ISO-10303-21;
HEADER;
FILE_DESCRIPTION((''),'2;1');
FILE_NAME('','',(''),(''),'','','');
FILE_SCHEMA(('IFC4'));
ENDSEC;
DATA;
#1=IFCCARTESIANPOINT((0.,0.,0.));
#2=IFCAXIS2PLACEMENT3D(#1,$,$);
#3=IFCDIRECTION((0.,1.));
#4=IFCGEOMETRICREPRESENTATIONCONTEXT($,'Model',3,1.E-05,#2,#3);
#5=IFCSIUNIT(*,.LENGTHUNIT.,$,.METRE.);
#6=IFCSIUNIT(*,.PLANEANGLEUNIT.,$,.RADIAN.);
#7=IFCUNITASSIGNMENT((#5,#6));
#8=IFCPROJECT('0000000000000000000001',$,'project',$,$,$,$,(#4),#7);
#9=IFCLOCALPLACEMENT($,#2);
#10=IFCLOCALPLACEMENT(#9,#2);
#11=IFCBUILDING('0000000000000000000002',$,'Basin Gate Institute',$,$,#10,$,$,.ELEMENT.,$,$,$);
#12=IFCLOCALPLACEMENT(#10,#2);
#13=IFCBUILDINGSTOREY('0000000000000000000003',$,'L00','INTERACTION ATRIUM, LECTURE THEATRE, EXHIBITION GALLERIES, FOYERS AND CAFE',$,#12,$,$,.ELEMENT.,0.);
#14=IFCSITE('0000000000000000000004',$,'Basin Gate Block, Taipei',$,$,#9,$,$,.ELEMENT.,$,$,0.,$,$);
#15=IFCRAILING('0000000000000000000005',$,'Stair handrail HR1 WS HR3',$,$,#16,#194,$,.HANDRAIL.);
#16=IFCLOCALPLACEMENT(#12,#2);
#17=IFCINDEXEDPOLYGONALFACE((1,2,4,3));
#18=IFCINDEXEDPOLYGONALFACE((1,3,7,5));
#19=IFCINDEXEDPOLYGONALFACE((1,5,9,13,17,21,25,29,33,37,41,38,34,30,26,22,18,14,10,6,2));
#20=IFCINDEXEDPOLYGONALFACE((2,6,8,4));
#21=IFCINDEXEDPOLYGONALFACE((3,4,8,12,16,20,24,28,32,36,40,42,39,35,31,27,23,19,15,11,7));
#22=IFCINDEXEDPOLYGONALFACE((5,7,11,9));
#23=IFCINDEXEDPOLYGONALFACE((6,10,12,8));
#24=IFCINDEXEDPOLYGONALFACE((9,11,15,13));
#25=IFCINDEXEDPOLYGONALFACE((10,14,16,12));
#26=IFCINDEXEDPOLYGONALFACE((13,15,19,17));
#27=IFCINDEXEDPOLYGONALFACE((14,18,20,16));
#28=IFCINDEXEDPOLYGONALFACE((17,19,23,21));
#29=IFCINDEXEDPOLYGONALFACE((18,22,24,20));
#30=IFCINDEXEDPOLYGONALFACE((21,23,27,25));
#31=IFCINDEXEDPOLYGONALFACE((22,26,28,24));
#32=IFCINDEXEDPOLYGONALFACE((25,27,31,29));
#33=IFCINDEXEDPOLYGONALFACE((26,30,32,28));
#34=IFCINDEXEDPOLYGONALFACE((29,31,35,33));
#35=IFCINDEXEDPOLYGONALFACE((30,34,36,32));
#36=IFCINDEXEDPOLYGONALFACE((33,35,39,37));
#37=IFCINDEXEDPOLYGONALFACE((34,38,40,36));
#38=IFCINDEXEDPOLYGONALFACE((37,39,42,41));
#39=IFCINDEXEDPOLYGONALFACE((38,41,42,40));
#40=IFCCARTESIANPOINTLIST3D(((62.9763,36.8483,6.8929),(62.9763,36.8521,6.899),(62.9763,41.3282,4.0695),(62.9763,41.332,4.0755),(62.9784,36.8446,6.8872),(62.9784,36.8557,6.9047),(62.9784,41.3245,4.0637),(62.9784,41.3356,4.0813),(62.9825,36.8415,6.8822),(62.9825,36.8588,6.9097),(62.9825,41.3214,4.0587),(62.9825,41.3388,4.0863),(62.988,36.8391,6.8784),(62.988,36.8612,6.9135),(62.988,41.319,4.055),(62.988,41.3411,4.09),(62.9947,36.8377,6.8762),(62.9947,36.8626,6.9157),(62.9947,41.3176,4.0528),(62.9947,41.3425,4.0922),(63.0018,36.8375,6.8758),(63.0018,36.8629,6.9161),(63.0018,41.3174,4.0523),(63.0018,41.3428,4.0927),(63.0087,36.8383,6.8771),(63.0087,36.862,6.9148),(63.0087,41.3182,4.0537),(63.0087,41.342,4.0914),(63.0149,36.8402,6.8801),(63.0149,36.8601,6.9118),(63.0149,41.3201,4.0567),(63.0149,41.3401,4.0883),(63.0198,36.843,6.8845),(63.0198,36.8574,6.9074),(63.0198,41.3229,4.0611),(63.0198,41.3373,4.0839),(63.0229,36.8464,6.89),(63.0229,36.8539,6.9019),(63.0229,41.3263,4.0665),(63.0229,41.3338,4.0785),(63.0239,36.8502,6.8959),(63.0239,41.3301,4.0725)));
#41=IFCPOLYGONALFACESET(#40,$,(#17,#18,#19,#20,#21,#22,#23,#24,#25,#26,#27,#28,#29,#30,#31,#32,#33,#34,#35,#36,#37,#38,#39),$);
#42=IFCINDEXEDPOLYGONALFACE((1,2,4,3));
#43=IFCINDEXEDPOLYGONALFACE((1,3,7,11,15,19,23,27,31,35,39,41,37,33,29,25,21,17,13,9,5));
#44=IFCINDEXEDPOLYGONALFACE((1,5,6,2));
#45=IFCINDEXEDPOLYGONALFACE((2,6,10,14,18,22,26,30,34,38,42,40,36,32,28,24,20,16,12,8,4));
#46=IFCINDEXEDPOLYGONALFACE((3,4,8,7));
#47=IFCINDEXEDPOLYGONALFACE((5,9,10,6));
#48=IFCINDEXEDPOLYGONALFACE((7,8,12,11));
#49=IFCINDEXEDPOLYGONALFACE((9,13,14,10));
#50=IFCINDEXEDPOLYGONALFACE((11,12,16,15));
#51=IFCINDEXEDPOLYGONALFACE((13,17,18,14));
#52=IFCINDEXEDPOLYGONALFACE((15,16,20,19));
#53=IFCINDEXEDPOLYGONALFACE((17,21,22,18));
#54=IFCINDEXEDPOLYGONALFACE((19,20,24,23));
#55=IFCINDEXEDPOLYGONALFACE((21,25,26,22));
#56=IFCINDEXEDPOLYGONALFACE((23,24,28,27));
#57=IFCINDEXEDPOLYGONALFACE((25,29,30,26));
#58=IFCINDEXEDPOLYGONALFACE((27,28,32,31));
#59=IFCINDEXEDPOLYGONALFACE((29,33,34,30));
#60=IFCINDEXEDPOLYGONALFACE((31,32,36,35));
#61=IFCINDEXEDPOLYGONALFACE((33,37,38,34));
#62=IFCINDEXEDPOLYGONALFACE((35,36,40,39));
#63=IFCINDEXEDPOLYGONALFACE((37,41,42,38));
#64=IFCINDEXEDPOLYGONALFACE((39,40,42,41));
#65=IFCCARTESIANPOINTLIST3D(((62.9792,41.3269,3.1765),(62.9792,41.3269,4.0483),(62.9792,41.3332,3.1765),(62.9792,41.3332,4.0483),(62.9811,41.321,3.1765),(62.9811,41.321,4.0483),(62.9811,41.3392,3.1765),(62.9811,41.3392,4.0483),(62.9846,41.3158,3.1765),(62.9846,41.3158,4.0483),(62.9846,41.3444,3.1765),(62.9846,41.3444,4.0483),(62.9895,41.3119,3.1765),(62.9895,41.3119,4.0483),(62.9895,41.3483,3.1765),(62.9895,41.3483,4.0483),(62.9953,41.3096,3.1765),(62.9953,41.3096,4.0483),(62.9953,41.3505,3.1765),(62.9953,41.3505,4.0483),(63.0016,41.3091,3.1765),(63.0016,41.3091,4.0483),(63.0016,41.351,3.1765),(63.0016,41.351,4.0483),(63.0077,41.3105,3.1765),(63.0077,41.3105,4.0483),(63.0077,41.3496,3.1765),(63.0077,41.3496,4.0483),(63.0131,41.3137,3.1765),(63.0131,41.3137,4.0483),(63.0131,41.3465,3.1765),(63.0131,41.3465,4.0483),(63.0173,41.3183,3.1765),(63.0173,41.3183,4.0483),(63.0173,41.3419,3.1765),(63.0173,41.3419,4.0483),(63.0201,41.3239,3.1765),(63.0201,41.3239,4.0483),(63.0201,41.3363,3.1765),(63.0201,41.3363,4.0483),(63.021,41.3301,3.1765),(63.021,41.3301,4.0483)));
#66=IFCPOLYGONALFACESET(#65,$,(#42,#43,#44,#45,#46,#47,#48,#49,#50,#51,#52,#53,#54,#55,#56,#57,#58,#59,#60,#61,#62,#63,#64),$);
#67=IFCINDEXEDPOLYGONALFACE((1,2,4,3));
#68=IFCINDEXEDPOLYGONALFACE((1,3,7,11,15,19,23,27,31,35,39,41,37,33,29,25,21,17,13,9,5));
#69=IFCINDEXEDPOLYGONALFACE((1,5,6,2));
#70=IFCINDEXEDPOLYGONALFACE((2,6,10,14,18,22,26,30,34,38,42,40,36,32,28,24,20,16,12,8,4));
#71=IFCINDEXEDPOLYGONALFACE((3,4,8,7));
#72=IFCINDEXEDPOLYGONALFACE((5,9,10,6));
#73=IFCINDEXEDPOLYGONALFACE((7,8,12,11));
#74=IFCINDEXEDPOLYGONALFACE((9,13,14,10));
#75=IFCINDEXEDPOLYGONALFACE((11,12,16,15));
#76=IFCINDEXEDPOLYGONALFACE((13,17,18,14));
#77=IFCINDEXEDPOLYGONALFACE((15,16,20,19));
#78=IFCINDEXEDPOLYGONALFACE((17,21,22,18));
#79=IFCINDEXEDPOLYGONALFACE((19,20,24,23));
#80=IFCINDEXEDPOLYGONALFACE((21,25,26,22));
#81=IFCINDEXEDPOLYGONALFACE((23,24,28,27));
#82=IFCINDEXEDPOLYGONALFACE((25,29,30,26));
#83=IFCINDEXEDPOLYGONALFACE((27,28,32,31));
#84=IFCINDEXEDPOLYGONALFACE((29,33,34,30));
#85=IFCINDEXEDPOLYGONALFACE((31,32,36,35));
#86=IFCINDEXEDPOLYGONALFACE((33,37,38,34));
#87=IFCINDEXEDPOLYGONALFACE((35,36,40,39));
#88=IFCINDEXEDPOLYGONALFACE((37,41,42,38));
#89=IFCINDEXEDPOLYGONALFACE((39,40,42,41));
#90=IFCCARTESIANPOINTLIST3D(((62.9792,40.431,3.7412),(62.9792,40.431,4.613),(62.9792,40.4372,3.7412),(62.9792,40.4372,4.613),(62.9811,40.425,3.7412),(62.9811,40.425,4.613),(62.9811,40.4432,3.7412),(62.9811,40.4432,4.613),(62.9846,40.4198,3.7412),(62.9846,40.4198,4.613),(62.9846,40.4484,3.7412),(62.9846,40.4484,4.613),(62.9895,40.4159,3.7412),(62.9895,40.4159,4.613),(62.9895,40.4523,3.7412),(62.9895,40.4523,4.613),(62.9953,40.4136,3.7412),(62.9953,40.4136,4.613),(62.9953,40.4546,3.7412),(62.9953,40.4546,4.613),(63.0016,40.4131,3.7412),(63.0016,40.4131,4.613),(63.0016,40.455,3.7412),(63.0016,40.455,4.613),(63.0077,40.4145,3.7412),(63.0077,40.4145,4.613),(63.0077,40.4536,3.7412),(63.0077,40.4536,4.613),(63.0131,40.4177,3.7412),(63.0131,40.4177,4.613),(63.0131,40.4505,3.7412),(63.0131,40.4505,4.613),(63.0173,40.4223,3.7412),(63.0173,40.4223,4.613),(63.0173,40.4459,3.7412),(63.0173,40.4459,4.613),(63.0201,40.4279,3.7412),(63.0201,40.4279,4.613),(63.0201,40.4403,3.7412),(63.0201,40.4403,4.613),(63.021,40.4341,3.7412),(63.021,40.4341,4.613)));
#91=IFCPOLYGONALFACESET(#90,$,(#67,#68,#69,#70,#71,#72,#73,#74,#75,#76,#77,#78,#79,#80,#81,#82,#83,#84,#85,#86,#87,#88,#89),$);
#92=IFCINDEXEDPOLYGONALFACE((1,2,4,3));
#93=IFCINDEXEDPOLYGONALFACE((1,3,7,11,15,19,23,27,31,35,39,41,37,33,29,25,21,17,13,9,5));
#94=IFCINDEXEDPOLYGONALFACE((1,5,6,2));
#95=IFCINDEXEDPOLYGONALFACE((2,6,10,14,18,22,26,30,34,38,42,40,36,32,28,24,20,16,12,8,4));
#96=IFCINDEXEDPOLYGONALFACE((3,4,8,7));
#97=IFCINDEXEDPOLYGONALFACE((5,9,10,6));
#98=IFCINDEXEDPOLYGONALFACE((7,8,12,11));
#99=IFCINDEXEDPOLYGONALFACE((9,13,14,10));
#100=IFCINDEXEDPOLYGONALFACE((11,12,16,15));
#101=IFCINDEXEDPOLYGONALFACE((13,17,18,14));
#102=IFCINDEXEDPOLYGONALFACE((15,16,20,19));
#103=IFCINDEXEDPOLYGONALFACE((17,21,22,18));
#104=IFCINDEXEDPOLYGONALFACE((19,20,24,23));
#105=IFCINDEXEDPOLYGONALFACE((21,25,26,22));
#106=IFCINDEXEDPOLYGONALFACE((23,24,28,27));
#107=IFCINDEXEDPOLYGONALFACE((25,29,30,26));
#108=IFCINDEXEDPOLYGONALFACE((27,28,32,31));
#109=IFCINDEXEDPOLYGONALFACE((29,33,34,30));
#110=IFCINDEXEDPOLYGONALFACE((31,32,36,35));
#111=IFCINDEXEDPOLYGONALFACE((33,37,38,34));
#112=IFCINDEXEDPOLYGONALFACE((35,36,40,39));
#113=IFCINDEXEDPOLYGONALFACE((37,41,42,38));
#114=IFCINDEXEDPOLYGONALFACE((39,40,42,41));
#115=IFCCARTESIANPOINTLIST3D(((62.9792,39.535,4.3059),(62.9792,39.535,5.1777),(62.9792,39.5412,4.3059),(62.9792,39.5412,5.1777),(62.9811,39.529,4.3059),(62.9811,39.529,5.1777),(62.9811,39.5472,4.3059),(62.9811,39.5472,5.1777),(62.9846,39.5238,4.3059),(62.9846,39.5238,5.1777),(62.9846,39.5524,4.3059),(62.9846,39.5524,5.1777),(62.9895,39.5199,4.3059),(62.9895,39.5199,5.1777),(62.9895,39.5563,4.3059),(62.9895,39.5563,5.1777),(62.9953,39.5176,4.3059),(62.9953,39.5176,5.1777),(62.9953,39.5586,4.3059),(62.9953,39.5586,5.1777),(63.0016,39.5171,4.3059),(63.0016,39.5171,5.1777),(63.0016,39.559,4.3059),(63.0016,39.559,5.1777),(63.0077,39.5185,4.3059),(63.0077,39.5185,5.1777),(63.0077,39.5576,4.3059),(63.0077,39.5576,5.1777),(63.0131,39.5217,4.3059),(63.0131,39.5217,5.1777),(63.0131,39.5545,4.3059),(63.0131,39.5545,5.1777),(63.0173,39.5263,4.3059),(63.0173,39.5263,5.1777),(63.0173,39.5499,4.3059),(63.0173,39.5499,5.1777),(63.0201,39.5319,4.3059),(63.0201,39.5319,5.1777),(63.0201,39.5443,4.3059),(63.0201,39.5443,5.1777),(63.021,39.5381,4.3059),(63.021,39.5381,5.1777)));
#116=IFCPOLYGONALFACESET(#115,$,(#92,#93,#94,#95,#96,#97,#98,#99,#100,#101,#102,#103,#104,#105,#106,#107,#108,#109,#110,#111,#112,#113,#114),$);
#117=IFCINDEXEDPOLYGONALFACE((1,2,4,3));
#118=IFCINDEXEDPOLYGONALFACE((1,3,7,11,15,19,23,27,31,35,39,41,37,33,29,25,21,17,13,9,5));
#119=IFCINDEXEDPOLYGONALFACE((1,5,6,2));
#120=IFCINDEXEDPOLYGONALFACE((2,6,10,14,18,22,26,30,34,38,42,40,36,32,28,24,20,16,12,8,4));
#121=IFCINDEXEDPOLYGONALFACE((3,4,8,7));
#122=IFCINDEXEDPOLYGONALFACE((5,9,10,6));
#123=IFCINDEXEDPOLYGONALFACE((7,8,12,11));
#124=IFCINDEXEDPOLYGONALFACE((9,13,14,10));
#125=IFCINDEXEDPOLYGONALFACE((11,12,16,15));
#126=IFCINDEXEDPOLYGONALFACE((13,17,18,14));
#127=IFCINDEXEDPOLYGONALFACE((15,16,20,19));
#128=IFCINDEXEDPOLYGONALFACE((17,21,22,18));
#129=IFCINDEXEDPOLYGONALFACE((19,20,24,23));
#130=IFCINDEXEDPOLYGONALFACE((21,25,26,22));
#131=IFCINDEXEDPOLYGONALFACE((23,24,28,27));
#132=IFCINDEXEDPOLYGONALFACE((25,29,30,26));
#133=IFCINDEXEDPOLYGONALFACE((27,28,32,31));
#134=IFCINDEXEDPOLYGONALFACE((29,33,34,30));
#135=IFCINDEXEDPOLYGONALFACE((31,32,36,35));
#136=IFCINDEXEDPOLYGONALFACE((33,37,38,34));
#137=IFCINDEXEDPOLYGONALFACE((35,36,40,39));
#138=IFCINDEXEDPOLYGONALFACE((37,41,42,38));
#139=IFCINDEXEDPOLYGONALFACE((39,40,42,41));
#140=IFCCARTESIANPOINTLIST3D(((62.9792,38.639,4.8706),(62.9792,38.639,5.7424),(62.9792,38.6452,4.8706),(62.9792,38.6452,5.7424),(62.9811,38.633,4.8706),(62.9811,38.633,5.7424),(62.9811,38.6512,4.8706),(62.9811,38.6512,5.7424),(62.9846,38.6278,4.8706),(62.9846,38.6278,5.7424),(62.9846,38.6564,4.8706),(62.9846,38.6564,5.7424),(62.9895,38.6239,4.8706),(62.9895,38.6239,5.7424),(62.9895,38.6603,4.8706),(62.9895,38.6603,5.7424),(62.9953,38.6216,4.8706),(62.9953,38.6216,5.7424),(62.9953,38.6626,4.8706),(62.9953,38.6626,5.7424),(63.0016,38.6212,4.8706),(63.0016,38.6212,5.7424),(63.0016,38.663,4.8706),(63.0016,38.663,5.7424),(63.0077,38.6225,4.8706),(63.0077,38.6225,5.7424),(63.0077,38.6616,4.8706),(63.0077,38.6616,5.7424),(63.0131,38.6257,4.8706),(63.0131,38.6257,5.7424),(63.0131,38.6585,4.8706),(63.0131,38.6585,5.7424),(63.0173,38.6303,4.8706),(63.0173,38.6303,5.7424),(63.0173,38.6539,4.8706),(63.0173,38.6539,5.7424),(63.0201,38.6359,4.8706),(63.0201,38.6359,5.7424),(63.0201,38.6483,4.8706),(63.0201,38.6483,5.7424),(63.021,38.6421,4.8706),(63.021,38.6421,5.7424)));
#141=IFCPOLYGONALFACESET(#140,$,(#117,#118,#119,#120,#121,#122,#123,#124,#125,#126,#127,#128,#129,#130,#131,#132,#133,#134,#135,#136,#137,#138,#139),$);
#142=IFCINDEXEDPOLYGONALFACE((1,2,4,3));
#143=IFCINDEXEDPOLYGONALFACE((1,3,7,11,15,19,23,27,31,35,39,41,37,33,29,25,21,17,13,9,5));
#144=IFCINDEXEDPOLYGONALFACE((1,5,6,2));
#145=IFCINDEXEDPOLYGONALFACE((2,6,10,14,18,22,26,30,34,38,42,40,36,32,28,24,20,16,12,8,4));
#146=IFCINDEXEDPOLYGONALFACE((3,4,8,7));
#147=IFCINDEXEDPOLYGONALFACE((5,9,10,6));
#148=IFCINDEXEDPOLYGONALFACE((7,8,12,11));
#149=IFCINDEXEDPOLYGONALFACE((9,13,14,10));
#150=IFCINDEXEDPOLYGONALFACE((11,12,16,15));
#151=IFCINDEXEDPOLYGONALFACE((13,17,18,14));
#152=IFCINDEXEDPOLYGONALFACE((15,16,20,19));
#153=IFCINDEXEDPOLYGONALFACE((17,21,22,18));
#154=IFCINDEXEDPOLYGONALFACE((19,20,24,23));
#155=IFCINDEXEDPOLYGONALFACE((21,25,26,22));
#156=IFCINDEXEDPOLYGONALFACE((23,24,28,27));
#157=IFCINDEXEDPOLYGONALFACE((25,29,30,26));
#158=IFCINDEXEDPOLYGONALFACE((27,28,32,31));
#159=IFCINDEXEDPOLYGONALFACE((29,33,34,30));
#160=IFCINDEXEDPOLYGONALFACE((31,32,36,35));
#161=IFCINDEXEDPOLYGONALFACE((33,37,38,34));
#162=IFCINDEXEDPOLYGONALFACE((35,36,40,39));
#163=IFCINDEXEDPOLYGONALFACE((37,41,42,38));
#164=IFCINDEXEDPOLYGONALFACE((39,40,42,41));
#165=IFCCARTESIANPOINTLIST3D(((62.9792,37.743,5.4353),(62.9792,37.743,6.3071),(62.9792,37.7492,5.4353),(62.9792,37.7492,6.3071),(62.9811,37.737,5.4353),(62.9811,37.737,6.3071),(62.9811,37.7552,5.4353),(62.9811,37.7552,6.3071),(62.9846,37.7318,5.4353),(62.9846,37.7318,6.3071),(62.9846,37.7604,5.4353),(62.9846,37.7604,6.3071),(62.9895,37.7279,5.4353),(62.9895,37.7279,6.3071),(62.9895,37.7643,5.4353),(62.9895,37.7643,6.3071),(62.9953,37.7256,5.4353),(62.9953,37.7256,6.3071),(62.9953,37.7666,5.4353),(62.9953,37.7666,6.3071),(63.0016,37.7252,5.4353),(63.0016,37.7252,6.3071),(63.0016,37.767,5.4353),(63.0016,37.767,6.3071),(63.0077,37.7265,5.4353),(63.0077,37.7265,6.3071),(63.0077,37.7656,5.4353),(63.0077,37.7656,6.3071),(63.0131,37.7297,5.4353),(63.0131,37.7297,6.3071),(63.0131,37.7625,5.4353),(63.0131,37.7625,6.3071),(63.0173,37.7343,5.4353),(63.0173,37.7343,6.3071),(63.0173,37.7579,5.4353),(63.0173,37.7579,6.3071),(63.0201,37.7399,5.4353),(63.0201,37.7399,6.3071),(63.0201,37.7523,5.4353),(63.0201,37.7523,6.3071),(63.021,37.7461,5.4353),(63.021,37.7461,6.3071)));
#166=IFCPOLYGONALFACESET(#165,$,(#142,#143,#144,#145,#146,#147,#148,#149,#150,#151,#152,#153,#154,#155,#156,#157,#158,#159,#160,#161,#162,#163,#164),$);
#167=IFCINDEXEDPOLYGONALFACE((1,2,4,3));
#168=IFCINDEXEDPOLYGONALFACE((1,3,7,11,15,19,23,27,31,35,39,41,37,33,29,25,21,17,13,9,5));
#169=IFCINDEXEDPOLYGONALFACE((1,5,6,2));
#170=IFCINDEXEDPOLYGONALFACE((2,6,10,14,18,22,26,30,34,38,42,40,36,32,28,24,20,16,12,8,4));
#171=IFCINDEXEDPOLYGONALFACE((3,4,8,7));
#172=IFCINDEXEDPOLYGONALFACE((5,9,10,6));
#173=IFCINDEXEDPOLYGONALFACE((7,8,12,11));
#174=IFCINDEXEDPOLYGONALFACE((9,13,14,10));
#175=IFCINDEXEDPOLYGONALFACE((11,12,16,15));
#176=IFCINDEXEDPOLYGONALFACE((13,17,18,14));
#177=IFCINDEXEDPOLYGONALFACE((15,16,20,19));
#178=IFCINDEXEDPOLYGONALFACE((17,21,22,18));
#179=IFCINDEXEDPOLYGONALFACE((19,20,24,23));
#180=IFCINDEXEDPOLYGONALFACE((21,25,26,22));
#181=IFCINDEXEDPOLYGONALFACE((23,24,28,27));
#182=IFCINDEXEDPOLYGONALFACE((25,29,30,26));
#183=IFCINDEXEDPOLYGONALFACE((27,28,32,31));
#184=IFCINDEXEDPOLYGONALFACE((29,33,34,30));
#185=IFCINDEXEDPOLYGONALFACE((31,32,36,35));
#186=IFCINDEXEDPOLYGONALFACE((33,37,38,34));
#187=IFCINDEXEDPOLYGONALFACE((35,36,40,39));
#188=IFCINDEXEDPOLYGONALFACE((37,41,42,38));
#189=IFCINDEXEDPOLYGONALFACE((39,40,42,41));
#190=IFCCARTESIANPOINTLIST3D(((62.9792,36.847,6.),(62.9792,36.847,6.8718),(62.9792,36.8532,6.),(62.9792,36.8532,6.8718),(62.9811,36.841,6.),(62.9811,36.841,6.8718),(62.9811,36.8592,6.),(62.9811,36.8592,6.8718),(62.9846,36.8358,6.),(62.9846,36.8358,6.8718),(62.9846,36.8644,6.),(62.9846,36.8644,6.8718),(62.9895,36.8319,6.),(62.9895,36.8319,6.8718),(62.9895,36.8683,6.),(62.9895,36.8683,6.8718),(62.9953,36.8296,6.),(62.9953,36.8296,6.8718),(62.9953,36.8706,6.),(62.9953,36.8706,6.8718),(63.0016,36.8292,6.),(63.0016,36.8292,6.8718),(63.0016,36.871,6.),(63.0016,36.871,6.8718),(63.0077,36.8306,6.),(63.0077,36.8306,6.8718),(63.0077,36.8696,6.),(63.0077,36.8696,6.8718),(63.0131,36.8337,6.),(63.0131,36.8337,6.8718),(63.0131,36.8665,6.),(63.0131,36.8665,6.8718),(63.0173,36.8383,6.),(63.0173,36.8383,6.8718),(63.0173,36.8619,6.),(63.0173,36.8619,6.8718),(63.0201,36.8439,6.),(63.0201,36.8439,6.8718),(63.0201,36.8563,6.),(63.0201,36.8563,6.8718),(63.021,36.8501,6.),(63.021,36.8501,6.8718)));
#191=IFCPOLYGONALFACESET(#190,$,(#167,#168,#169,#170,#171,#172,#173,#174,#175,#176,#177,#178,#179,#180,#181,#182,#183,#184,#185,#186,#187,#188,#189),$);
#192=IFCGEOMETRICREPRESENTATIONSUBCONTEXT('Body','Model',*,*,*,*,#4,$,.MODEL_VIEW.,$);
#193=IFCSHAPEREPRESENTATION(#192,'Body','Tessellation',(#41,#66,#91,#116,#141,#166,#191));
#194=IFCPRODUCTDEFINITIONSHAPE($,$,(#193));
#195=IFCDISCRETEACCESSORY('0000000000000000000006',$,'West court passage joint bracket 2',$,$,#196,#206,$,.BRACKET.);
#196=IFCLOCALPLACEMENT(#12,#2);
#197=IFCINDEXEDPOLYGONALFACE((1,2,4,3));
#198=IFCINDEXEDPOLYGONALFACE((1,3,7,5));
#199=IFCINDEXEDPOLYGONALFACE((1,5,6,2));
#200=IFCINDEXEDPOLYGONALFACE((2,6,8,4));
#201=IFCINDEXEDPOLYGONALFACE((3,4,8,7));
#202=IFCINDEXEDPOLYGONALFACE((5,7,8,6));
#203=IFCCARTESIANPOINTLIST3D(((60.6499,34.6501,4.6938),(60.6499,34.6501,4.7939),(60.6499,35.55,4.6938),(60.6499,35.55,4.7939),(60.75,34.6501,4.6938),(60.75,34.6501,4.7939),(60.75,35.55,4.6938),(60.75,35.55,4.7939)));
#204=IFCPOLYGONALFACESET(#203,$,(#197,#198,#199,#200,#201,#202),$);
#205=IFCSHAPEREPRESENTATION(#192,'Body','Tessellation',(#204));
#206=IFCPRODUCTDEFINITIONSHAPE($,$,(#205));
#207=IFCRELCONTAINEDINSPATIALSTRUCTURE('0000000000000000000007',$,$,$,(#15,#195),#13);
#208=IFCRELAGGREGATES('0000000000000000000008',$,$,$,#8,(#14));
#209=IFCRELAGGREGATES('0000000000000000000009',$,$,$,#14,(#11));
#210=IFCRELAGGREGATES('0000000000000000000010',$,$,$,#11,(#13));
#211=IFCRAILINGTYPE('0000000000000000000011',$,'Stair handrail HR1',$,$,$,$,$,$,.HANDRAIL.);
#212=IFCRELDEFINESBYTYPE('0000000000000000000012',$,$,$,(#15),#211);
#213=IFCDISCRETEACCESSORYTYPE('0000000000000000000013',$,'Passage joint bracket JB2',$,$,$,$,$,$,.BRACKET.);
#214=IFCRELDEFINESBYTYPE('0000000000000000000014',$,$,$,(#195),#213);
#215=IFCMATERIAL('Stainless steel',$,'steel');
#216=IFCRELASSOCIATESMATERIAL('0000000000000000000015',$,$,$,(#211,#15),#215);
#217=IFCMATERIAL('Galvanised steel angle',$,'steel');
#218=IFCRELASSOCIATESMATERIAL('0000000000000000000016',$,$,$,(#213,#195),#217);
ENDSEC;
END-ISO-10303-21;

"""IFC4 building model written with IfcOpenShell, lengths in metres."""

from ifc_helpers import new_model, si_unit, direction, frame, origin, origin_2d, place, context, subcontext, project, spatial, rectangle, circle, extrude, material, type_object, element, save


model = new_model("IFC4")

# Units and contexts
model_context = context("Model", 3, precision=1e-05, world=origin(), true_north=direction((0.0, 1.0)))
body_context = subcontext(model_context, "Body", "Model", "MODEL_VIEW")
ifc_project = project(units=[si_unit("LENGTHUNIT", "METRE"), si_unit("PLANEANGLEUNIT", "RADIAN")], contexts=[model_context])

# Site, building, storey
site_placement = place(None, origin())
site = spatial("IfcSite", under=ifc_project, at=site_placement, Name="Basin Gate Block, Taipei", CompositionType="ELEMENT", RefElevation=0.0)
building_placement = place(site_placement, origin())
building = spatial("IfcBuilding", under=site, at=building_placement, Name="Basin Gate Institute", CompositionType="ELEMENT")
storey_placement = place(building_placement, origin())
storey = spatial("IfcBuildingStorey", under=building, at=storey_placement, Name="L00", Description="INTERACTION ATRIUM, LECTURE THEATRE, EXHIBITION GALLERIES, FOYERS AND CAFE", CompositionType="ELEMENT", Elevation=0.0)

# Railing
ifc_material_1 = material(Name="Stainless steel", Category="steel")
railing_type_1 = type_object("IfcRailingType", Name="Stair handrail HR1", PredefinedType="HANDRAIL", material=ifc_material_1)
railing_1_placement = place(storey_placement, frame((63.0, 41.3301, 3.1765)))
element("IfcRailing", 1, at=railing_1_placement, inside=storey, type_object=railing_type_1, material=ifc_material_1, Name="Stair handrail HR1 WS HR3", PredefinedType="HANDRAIL", context=body_context, shape_type="SweptSolid", body=[
    extrude(circle(Radius=0.0239, at=origin_2d()), frame((0.0, 0.0, 0.896), z_axis=(0.0, -0.845998, 0.533186), x_axis=(1.0, 0.0, 0.0)), (0.0, 0.0, 1.0), 5.2954),
    extrude(circle(Radius=0.021, at=origin_2d()), origin(), (0.0, 0.0, 1.0), 0.8718),
    extrude(circle(Radius=0.021, at=origin_2d()), frame((0.0, -0.896, 0.5647)), (0.0, 0.0, 1.0), 0.8718),
    extrude(circle(Radius=0.021, at=origin_2d()), frame((0.0, -1.792, 1.1294)), (0.0, 0.0, 1.0), 0.8718),
    extrude(circle(Radius=0.021, at=origin_2d()), frame((0.0, -2.688, 1.6941)), (0.0, 0.0, 1.0), 0.8718),
    extrude(circle(Radius=0.021, at=origin_2d()), frame((0.0, -3.584, 2.2588)), (0.0, 0.0, 1.0), 0.8718),
    extrude(circle(Radius=0.021, at=origin_2d()), frame((0.0, -4.48, 2.8235)), (0.0, 0.0, 1.0), 0.8718),
])

# Discrete accessory
ifc_material_2 = material(Name="Galvanised steel angle", Category="steel")
discrete_accessory_type = type_object("IfcDiscreteAccessoryType", Name="Passage joint bracket JB2", PredefinedType="BRACKET", material=ifc_material_2)
discrete_accessory_placement = place(storey_placement, frame((60.7, 35.1001, 4.6938), z_axis=(0.0, 0.0, 1.0), x_axis=(1.0, 0.0, 0.0)))
element("IfcDiscreteAccessory", 2, at=discrete_accessory_placement, inside=storey, type_object=discrete_accessory_type, material=ifc_material_2, Name="West court passage joint bracket 2", PredefinedType="BRACKET", context=body_context, shape_type="SweptSolid", body=[
    extrude(rectangle(XDim=0.1001, YDim=0.8999, at=origin_2d()), origin(), (0.0, 0.0, 1.0), 0.1001),
])

save(model, "model.ifc")
